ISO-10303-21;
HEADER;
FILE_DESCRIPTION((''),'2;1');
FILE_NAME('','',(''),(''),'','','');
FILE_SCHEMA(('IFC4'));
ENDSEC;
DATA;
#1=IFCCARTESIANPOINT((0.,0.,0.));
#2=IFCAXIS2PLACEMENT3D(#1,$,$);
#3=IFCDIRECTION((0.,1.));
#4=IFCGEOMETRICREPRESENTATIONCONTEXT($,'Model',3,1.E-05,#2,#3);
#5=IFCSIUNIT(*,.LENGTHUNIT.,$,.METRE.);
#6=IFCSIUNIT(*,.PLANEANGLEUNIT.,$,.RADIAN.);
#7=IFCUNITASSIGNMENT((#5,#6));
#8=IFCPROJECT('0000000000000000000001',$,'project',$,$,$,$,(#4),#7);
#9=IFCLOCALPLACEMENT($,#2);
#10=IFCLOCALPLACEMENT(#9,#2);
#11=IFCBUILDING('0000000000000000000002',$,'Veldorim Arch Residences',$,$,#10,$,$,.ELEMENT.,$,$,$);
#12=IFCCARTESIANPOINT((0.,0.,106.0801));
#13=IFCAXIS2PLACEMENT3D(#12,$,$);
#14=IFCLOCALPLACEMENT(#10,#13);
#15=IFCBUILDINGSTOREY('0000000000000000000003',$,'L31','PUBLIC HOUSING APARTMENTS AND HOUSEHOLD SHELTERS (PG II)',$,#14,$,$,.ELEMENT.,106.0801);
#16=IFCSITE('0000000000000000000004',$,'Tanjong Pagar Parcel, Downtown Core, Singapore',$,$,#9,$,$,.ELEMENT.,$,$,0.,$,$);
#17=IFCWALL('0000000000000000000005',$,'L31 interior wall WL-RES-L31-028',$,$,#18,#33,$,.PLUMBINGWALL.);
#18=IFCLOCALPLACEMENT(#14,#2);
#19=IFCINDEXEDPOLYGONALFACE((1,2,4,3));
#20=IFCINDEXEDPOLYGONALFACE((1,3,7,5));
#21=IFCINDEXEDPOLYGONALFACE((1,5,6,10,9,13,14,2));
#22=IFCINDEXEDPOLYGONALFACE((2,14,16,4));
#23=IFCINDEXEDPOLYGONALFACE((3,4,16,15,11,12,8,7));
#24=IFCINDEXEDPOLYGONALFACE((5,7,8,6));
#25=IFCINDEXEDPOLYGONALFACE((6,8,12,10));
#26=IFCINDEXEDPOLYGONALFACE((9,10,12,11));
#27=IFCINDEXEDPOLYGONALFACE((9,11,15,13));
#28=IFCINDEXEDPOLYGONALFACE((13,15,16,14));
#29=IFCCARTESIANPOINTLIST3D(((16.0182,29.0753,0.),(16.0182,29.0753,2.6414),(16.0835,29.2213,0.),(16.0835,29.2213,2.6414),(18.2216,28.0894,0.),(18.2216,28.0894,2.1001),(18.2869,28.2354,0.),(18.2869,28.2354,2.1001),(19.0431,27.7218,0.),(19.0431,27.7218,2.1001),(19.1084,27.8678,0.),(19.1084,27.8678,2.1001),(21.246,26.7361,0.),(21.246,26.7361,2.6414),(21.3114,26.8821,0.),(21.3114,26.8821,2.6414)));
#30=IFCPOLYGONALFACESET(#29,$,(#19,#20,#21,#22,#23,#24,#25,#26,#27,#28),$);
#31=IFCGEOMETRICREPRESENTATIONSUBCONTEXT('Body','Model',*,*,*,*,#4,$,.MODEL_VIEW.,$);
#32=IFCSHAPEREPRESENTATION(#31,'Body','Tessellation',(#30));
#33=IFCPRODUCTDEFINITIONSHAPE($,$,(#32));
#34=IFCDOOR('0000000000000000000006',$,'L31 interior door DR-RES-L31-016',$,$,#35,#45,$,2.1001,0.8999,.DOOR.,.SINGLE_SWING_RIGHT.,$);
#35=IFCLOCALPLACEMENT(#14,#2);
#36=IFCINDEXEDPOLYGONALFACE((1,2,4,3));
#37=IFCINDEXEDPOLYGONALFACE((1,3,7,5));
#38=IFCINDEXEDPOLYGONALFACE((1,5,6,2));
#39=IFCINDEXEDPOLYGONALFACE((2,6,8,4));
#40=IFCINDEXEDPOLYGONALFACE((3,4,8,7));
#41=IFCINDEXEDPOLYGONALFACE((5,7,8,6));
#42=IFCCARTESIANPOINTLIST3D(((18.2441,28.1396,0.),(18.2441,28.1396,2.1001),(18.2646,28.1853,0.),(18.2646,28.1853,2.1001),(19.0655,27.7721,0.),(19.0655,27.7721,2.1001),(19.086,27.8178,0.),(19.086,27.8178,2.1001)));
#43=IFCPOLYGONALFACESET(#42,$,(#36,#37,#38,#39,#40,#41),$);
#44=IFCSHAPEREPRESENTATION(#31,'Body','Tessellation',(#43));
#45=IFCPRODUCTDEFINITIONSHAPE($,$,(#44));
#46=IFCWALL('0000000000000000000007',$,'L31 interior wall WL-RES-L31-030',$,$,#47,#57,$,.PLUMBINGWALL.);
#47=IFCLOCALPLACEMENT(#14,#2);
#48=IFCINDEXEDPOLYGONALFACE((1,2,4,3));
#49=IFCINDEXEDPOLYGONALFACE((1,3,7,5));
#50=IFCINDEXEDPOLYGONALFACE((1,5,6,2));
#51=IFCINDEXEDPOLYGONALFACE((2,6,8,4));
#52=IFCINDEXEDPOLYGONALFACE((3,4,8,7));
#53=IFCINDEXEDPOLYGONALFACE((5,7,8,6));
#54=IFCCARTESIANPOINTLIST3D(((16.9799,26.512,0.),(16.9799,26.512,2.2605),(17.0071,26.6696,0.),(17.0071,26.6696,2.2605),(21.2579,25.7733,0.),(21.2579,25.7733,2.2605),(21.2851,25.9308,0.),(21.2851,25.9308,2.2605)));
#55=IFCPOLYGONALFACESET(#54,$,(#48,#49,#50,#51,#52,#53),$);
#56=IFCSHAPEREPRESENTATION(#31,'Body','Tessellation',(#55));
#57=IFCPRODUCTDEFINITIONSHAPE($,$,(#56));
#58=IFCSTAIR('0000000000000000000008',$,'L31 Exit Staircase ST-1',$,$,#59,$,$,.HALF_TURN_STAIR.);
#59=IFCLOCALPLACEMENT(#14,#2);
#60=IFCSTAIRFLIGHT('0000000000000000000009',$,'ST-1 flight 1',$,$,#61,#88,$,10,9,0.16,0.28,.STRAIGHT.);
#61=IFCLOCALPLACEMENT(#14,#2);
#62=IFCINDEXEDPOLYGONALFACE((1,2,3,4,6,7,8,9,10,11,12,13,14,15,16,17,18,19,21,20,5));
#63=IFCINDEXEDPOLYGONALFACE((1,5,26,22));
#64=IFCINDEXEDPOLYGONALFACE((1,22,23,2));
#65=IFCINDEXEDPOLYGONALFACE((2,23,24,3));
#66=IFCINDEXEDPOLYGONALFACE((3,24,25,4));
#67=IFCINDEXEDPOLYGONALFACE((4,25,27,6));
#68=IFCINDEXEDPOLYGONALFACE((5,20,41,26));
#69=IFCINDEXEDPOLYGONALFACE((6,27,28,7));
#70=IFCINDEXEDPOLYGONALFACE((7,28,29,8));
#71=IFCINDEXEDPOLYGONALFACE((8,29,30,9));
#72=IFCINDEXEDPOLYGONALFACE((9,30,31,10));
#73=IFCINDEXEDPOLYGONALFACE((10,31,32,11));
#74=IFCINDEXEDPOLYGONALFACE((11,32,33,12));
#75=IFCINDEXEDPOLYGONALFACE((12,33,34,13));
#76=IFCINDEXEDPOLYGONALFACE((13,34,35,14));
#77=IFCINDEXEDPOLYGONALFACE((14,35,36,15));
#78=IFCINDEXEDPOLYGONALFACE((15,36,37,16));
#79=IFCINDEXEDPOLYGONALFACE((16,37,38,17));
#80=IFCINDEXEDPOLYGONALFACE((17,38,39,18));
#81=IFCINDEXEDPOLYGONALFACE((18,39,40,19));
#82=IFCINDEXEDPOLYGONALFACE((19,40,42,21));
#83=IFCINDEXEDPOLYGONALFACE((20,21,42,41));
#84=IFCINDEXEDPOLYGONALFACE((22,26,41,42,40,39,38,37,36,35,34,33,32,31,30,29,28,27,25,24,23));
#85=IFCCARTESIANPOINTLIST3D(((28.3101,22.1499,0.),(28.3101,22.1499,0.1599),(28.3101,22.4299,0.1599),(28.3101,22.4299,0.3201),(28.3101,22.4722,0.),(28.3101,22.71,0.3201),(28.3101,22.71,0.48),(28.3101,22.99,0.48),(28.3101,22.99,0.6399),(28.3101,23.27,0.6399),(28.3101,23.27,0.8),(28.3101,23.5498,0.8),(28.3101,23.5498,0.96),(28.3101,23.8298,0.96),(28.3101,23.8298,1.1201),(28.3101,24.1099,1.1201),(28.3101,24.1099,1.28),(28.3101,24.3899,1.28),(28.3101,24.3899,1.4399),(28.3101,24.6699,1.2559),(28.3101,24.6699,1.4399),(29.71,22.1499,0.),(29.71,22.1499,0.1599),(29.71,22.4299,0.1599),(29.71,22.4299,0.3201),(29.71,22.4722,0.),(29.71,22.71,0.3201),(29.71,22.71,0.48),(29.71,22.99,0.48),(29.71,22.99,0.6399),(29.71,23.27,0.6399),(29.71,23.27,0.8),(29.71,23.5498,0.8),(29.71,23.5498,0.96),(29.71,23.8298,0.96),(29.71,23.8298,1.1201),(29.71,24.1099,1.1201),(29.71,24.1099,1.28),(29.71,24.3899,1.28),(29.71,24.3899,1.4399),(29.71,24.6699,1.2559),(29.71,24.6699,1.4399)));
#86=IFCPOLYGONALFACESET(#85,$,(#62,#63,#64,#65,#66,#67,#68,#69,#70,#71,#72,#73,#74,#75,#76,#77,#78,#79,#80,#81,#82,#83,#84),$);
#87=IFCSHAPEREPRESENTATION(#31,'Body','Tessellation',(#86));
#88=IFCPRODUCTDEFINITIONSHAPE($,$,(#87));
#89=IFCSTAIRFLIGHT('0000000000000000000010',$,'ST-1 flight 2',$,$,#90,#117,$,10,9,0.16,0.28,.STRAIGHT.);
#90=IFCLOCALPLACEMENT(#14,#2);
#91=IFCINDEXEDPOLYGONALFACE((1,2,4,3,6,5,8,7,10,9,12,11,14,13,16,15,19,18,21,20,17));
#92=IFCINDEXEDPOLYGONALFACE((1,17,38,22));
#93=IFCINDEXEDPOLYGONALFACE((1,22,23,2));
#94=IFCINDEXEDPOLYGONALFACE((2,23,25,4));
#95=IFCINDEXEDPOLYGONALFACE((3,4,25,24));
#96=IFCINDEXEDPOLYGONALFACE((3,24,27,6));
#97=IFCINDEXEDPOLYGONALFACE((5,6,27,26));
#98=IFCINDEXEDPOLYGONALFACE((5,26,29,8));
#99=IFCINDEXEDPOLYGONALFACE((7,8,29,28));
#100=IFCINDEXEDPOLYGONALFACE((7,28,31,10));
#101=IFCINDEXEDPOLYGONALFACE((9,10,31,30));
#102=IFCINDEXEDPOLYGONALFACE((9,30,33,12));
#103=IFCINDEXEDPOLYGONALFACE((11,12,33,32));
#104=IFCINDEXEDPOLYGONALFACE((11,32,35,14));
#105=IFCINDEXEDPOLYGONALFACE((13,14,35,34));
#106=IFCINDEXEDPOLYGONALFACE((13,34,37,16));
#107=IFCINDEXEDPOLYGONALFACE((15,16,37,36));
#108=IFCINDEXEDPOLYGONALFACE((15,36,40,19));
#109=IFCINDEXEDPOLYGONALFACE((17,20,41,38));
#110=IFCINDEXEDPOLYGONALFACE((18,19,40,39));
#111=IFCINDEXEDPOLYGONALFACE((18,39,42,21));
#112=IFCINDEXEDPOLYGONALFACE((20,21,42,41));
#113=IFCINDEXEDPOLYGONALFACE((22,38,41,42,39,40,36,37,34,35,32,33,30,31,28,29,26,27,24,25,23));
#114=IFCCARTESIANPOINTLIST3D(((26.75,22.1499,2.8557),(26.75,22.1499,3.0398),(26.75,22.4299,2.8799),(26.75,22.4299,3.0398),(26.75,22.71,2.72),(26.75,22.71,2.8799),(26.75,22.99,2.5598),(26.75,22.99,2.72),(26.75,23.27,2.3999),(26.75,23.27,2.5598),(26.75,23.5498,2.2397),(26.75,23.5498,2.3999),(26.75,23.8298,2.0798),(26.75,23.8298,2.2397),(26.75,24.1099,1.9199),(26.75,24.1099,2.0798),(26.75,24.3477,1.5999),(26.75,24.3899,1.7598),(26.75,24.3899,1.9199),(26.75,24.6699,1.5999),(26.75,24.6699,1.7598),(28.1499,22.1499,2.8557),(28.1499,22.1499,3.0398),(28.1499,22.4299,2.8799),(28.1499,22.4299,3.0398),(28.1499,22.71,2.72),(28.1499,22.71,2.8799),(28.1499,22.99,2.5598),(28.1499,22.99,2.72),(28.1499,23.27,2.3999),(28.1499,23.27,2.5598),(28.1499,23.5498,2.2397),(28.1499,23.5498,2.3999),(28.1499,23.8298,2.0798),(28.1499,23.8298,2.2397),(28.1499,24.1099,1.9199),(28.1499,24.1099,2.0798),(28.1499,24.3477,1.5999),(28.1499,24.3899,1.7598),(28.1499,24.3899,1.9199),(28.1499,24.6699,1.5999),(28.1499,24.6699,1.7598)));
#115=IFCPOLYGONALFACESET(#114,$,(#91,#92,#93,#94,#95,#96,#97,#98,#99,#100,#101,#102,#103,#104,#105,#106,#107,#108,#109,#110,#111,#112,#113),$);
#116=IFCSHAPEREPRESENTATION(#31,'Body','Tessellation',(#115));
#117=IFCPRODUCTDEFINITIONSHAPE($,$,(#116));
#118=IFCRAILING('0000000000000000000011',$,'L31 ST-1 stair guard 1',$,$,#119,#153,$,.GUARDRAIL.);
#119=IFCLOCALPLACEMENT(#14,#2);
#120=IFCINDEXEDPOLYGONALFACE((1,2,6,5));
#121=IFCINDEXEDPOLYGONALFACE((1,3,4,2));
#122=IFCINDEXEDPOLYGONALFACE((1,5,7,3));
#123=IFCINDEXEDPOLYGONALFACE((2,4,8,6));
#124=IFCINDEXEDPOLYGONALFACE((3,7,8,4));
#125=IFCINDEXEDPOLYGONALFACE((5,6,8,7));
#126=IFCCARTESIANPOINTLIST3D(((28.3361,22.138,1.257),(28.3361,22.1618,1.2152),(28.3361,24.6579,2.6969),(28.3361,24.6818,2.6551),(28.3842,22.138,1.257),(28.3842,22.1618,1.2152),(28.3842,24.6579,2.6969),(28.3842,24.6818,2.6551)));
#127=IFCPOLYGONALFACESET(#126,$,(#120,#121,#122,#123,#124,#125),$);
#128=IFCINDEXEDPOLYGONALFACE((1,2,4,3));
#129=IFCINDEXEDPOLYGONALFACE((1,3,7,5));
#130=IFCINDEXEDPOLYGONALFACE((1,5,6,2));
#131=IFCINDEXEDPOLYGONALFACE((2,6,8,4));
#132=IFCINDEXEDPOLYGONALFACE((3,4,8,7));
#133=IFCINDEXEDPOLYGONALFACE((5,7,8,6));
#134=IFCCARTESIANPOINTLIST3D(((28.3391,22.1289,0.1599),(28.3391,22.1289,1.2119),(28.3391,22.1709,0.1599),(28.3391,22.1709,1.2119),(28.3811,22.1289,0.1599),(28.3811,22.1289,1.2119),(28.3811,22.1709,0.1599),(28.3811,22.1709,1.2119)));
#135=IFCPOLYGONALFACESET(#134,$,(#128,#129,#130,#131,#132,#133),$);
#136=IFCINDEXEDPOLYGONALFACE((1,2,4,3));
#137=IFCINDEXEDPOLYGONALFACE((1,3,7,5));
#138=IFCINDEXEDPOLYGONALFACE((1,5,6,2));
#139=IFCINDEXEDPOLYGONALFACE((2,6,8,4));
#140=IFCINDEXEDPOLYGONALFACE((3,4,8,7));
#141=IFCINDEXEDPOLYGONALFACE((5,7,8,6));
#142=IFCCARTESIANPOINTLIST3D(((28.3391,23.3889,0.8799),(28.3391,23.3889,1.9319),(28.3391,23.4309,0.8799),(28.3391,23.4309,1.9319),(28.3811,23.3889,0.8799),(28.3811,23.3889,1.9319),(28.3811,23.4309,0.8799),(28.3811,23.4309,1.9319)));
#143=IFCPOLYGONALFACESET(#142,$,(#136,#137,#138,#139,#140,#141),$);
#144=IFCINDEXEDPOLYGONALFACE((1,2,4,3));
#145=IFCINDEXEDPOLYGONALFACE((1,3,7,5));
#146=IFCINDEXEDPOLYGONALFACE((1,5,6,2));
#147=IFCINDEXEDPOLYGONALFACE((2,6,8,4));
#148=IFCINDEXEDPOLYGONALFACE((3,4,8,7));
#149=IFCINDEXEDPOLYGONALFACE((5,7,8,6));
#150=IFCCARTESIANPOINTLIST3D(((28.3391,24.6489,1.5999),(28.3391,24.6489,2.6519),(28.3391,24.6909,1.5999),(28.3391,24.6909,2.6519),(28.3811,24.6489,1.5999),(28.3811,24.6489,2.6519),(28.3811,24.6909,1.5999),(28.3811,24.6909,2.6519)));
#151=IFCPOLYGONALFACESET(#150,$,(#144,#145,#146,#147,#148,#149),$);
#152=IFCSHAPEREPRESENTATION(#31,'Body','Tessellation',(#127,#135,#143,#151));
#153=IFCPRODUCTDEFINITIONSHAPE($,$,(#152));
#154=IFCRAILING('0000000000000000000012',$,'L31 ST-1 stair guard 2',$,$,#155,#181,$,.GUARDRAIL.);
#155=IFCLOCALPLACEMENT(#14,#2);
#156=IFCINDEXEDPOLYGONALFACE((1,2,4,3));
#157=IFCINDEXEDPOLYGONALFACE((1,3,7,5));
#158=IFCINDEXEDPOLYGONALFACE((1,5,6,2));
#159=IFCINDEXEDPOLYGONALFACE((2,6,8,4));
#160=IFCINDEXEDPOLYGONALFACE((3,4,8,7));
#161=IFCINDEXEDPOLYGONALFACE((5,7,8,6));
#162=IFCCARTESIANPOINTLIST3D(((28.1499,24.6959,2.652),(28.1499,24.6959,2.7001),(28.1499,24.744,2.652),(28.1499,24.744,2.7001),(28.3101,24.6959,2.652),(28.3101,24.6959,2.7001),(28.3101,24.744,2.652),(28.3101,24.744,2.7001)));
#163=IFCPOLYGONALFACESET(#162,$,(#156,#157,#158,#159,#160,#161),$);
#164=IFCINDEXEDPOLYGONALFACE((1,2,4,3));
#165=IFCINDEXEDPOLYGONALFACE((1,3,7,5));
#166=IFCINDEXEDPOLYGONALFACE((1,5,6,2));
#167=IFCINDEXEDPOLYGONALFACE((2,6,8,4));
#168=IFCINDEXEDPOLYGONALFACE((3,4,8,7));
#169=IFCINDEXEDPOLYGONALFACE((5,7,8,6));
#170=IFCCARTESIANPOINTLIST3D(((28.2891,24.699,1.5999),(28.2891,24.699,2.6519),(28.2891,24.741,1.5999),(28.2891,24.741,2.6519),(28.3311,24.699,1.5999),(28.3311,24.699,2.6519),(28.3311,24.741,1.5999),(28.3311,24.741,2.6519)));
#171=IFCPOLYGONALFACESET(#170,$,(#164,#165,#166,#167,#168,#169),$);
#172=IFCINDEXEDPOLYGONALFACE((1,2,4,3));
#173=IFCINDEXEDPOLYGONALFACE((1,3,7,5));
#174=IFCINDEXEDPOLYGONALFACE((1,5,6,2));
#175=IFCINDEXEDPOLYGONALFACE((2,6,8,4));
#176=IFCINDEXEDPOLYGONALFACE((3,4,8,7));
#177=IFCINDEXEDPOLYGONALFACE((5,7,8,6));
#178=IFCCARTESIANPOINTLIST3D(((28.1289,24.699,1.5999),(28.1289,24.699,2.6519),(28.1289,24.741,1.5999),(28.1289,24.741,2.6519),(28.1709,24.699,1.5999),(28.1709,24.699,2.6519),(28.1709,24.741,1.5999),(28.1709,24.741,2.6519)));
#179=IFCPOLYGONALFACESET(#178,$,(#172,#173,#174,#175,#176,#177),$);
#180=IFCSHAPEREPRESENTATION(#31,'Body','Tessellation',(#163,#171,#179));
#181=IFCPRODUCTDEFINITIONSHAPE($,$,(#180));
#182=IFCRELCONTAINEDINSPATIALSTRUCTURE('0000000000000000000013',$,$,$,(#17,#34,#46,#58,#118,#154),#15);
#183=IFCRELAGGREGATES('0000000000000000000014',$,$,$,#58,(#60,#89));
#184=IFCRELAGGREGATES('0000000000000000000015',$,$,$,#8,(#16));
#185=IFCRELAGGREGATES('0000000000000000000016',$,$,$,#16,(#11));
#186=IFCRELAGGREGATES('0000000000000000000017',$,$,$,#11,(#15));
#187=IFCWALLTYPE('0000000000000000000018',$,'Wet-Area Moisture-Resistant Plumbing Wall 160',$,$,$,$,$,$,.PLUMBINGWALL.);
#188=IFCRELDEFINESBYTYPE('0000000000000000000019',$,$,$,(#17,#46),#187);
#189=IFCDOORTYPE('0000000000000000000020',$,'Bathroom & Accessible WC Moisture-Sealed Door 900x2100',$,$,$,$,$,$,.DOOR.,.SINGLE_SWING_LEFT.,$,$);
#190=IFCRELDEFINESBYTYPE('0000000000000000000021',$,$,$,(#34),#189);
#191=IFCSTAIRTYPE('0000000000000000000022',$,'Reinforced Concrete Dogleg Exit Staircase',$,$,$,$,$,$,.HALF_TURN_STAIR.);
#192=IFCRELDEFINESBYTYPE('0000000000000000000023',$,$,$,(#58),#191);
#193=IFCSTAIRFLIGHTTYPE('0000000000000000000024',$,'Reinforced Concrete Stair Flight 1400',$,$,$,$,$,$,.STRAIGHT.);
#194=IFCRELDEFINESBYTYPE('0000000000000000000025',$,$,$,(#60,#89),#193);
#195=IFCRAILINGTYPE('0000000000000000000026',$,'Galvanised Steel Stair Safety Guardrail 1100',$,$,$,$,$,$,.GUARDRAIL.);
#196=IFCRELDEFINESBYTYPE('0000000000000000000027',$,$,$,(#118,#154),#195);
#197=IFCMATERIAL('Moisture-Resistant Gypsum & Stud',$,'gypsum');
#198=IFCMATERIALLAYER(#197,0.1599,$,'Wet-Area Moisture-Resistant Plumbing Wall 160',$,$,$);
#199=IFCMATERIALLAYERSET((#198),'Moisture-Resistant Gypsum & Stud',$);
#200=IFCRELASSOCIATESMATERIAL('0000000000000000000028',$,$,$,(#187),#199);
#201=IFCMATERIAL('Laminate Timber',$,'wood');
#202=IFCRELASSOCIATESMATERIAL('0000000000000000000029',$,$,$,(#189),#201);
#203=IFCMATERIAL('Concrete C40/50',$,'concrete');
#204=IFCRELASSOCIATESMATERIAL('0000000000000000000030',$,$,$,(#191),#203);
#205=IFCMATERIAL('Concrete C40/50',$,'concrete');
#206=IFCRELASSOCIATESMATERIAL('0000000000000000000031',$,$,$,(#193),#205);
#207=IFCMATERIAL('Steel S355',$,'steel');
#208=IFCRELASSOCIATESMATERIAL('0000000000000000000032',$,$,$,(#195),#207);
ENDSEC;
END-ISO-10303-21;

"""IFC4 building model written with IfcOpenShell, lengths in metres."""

from ifc_helpers import new_model, si_unit, direction, frame, frame_2d, origin, origin_2d, place, context, subcontext, project, spatial, polyline, rectangle, outline, extrude, material, layer, layer_set, type_object, element, fill, aggregate, save


model = new_model("IFC4")

# Units and contexts
model_context = context("Model", 3, precision=1e-05, world=origin(), true_north=direction((0.0, 1.0)))
body_context = subcontext(model_context, "Body", "Model", "MODEL_VIEW")
ifc_project = project(units=[si_unit("LENGTHUNIT", "METRE"), si_unit("PLANEANGLEUNIT", "RADIAN")], contexts=[model_context])

# Site, building, storey
site_placement = place(None, origin())
site = spatial("IfcSite", under=ifc_project, at=site_placement, Name="Tanjong Pagar Parcel, Downtown Core, Singapore", CompositionType="ELEMENT", RefElevation=0.0)
building_placement = place(site_placement, origin())
building = spatial("IfcBuilding", under=site, at=building_placement, Name="Veldorim Arch Residences", CompositionType="ELEMENT")
storey_placement = place(building_placement, frame((0.0, 0.0, 106.0801)))
storey = spatial("IfcBuildingStorey", under=building, at=storey_placement, Name="L31", Description="PUBLIC HOUSING APARTMENTS AND HOUSEHOLD SHELTERS (PG II)", CompositionType="ELEMENT", Elevation=106.0801)

# Wall, opening, door
ifc_material_1 = material(Name="Moisture-Resistant Gypsum & Stud", Category="gypsum")
ifc_layer_1 = layer(ifc_material_1, 0.1599, Name="Wet-Area Moisture-Resistant Plumbing Wall 160")
ifc_layer_set_1 = layer_set([ifc_layer_1], Name="Moisture-Resistant Gypsum & Stud")
wall_type_1 = type_object("IfcWallType", Name="Wet-Area Moisture-Resistant Plumbing Wall 160", PredefinedType="PLUMBINGWALL", material=ifc_layer_set_1)
wall_1_placement = place(storey_placement, frame((21.2788, 26.8091, 0.0), z_axis=(0.0, 0.0, 1.0), x_axis=(-0.912794, 0.408419, 0.0)))
wall_1 = element("IfcWall", 1, at=wall_1_placement, inside=storey, type_object=wall_type_1, Name="L31 interior wall WL-RES-L31-028", PredefinedType="PLUMBINGWALL", context=body_context, shape_type="SweptSolid", body=[
    extrude(rectangle(XDim=5.7273, YDim=0.1599, at=frame_2d((2.8638, 0.0))), origin(), (0.0, 0.0, 1.0), 2.6414),
])
opening_placement = place(wall_1_placement, frame((2.4136, 0.0, 0.0)))
opening = element("IfcOpeningElement", 2, at=opening_placement, cuts=wall_1, PredefinedType="OPENING", context=body_context, shape_type="SweptSolid", body=[
    extrude(rectangle(XDim=0.8999, YDim=2.1001, at=frame_2d((0.45, 1.05))), frame((0.0, 0.0898, 0.0), z_axis=(0.0, -1.0, 0.0), x_axis=(1.0, 0.0, 0.0)), (0.0, 0.0, 1.0), 0.1799),
])
ifc_material_2 = material(Name="Laminate Timber", Category="wood")
door_type = type_object("IfcDoorType", Name="Bathroom & Accessible WC Moisture-Sealed Door 900x2100", OperationType="SINGLE_SWING_LEFT", PredefinedType="DOOR", material=ifc_material_2)
door_placement = place(opening_placement, origin())
door = element("IfcDoor", 3, at=door_placement, inside=storey, type_object=door_type, Name="L31 interior door DR-RES-L31-016", OperationType="SINGLE_SWING_RIGHT", OverallHeight=2.1001, OverallWidth=0.8999, PredefinedType="DOOR", context=body_context, shape_type="SweptSolid", body=[
    extrude(rectangle(XDim=0.8999, YDim=2.1001, at=frame_2d((0.45, 1.05))), frame((0.0, 0.0249, 0.0), z_axis=(0.0, -1.0, 0.0), x_axis=(1.0, 0.0, 0.0)), (0.0, 0.0, 1.0), 0.05),
])
fill(opening, door)

# Wall
wall_2_placement = place(storey_placement, frame((21.2715, 25.8521, 0.0), z_axis=(0.0, 0.0, 1.0), x_axis=(-0.985415, 0.170169, 0.0)))
element("IfcWall", 4, at=wall_2_placement, inside=storey, type_object=wall_type_1, Name="L31 interior wall WL-RES-L31-030", PredefinedType="PLUMBINGWALL", context=body_context, shape_type="SweptSolid", body=[
    extrude(rectangle(XDim=4.3413, YDim=0.1599, at=frame_2d((2.1707, 0.0))), origin(), (0.0, 0.0, 1.0), 2.2605),
])

# Stair, stair flights
ifc_material_3 = material(Name="Concrete C40/50", Category="concrete")
stair_type = type_object("IfcStairType", Name="Reinforced Concrete Dogleg Exit Staircase", PredefinedType="HALF_TURN_STAIR", material=ifc_material_3)
stair_placement = place(storey_placement, origin())
stair = element("IfcStair", 5, at=stair_placement, inside=storey, type_object=stair_type, Name="L31 Exit Staircase ST-1", PredefinedType="HALF_TURN_STAIR")
ifc_material_4 = material(Name="Concrete C40/50", Category="concrete")
stair_flight_type = type_object("IfcStairFlightType", Name="Reinforced Concrete Stair Flight 1400", PredefinedType="STRAIGHT", material=ifc_material_4)
stair_flight_1_placement = place(storey_placement, frame((29.01, 22.1499, 0.0), z_axis=(0.0, 0.0, 1.0), x_axis=(0.0, 1.0, 0.0)))
stair_flight_1 = element("IfcStairFlight", 6, at=stair_flight_1_placement, type_object=stair_flight_type, Name="ST-1 flight 1", NumberOfRisers=10, NumberOfTreads=9, PredefinedType="STRAIGHT", RiserHeight=0.16, TreadLength=0.28, context=body_context, shape_type="SweptSolid", body=[
    extrude(outline(polyline([(0.0, 0.0), (0.0, 0.1599), (0.28, 0.1599), (0.28, 0.3201), (0.5601, 0.3201), (0.5601, 0.48), (0.8401, 0.48), (0.8401, 0.6399), (1.1201, 0.6399), (1.1201, 0.8), (1.3999, 0.8), (1.3999, 0.96), (1.6799, 0.96), (1.6799, 1.1201), (1.96, 1.1201), (1.96, 1.28), (2.24, 1.28), (2.24, 1.4399), (2.52, 1.4399), (2.52, 1.6001), (2.52, 1.2559), (0.3223, 0.0), (0.0, 0.0)])), frame((0.0, 0.7, 0.0), z_axis=(0.0, -1.0, 0.0), x_axis=(1.0, 0.0, 0.0)), (0.0, 0.0, 1.0), 1.3999),
])
stair_flight_2_placement = place(storey_placement, frame((27.45, 24.6699, 1.5999), z_axis=(0.0, 0.0, 1.0), x_axis=(0.0, -1.0, 0.0)))
stair_flight_2 = element("IfcStairFlight", 7, at=stair_flight_2_placement, type_object=stair_flight_type, Name="ST-1 flight 2", NumberOfRisers=10, NumberOfTreads=9, PredefinedType="STRAIGHT", RiserHeight=0.16, TreadLength=0.28, context=body_context, shape_type="SweptSolid", body=[
    extrude(outline(polyline([(0.0, 0.0), (0.0, 0.1599), (0.28, 0.1599), (0.28, 0.3201), (0.5601, 0.3201), (0.5601, 0.48), (0.8401, 0.48), (0.8401, 0.6399), (1.1201, 0.6399), (1.1201, 0.8), (1.3999, 0.8), (1.3999, 0.96), (1.6799, 0.96), (1.6799, 1.1201), (1.96, 1.1201), (1.96, 1.28), (2.24, 1.28), (2.24, 1.4399), (2.52, 1.4399), (2.52, 1.6001), (2.52, 1.2559), (0.3223, 0.0), (0.0, 0.0)])), frame((0.0, 0.7, 0.0), z_axis=(0.0, -1.0, 0.0), x_axis=(1.0, 0.0, 0.0)), (0.0, 0.0, 1.0), 1.3999),
])
aggregate(stair, [stair_flight_1, stair_flight_2])

# Railings
ifc_material_5 = material(Name="Steel S355", Category="steel")
railing_type_1 = type_object("IfcRailingType", Name="Galvanised Steel Stair Safety Guardrail 1100", PredefinedType="GUARDRAIL", material=ifc_material_5)
railing_1_placement = place(storey_placement, frame((28.3601, 22.1499, 0.1599)))
element("IfcRailing", 8, at=railing_1_placement, inside=storey, type_object=railing_type_1, Name="L31 ST-1 stair guard 1", PredefinedType="GUARDRAIL", context=body_context, shape_type="SweptSolid", body=[
    extrude(rectangle(XDim=0.0481, YDim=0.0481, at=origin_2d()), frame((0.0, 0.0, 1.0762), z_axis=(0.0, 0.868253, 0.496121), x_axis=(-1.0, 0.0, 0.0)), (0.0, 0.0, 1.0), 2.9023),
    extrude(rectangle(XDim=0.042, YDim=0.042, at=origin_2d()), origin(), (0.0, 0.0, 1.0), 1.052),
    extrude(rectangle(XDim=0.042, YDim=0.042, at=origin_2d()), frame((0.0, 1.26, 0.72)), (0.0, 0.0, 1.0), 1.052),
    extrude(rectangle(XDim=0.042, YDim=0.042, at=origin_2d()), frame((0.0, 2.52, 1.4399)), (0.0, 0.0, 1.0), 1.052),
])
railing_2_placement = place(storey_placement, frame((28.3101, 24.72, 1.5999)))
element("IfcRailing", 9, at=railing_2_placement, inside=storey, type_object=railing_type_1, Name="L31 ST-1 stair guard 2", PredefinedType="GUARDRAIL", context=body_context, shape_type="SweptSolid", body=[
    extrude(rectangle(XDim=0.0481, YDim=0.0481, at=origin_2d()), frame((0.0, 0.0, 1.0762), z_axis=(-1.0, 0.0, 0.0), x_axis=(0.0, -1.0, 0.0)), (0.0, 0.0, 1.0), 0.1602),
    extrude(rectangle(XDim=0.042, YDim=0.042, at=origin_2d()), origin(), (0.0, 0.0, 1.0), 1.052),
    extrude(rectangle(XDim=0.042, YDim=0.042, at=origin_2d()), frame((-0.1602, 0.0, 0.0)), (0.0, 0.0, 1.0), 1.052),
])

save(model, "model.ifc")
